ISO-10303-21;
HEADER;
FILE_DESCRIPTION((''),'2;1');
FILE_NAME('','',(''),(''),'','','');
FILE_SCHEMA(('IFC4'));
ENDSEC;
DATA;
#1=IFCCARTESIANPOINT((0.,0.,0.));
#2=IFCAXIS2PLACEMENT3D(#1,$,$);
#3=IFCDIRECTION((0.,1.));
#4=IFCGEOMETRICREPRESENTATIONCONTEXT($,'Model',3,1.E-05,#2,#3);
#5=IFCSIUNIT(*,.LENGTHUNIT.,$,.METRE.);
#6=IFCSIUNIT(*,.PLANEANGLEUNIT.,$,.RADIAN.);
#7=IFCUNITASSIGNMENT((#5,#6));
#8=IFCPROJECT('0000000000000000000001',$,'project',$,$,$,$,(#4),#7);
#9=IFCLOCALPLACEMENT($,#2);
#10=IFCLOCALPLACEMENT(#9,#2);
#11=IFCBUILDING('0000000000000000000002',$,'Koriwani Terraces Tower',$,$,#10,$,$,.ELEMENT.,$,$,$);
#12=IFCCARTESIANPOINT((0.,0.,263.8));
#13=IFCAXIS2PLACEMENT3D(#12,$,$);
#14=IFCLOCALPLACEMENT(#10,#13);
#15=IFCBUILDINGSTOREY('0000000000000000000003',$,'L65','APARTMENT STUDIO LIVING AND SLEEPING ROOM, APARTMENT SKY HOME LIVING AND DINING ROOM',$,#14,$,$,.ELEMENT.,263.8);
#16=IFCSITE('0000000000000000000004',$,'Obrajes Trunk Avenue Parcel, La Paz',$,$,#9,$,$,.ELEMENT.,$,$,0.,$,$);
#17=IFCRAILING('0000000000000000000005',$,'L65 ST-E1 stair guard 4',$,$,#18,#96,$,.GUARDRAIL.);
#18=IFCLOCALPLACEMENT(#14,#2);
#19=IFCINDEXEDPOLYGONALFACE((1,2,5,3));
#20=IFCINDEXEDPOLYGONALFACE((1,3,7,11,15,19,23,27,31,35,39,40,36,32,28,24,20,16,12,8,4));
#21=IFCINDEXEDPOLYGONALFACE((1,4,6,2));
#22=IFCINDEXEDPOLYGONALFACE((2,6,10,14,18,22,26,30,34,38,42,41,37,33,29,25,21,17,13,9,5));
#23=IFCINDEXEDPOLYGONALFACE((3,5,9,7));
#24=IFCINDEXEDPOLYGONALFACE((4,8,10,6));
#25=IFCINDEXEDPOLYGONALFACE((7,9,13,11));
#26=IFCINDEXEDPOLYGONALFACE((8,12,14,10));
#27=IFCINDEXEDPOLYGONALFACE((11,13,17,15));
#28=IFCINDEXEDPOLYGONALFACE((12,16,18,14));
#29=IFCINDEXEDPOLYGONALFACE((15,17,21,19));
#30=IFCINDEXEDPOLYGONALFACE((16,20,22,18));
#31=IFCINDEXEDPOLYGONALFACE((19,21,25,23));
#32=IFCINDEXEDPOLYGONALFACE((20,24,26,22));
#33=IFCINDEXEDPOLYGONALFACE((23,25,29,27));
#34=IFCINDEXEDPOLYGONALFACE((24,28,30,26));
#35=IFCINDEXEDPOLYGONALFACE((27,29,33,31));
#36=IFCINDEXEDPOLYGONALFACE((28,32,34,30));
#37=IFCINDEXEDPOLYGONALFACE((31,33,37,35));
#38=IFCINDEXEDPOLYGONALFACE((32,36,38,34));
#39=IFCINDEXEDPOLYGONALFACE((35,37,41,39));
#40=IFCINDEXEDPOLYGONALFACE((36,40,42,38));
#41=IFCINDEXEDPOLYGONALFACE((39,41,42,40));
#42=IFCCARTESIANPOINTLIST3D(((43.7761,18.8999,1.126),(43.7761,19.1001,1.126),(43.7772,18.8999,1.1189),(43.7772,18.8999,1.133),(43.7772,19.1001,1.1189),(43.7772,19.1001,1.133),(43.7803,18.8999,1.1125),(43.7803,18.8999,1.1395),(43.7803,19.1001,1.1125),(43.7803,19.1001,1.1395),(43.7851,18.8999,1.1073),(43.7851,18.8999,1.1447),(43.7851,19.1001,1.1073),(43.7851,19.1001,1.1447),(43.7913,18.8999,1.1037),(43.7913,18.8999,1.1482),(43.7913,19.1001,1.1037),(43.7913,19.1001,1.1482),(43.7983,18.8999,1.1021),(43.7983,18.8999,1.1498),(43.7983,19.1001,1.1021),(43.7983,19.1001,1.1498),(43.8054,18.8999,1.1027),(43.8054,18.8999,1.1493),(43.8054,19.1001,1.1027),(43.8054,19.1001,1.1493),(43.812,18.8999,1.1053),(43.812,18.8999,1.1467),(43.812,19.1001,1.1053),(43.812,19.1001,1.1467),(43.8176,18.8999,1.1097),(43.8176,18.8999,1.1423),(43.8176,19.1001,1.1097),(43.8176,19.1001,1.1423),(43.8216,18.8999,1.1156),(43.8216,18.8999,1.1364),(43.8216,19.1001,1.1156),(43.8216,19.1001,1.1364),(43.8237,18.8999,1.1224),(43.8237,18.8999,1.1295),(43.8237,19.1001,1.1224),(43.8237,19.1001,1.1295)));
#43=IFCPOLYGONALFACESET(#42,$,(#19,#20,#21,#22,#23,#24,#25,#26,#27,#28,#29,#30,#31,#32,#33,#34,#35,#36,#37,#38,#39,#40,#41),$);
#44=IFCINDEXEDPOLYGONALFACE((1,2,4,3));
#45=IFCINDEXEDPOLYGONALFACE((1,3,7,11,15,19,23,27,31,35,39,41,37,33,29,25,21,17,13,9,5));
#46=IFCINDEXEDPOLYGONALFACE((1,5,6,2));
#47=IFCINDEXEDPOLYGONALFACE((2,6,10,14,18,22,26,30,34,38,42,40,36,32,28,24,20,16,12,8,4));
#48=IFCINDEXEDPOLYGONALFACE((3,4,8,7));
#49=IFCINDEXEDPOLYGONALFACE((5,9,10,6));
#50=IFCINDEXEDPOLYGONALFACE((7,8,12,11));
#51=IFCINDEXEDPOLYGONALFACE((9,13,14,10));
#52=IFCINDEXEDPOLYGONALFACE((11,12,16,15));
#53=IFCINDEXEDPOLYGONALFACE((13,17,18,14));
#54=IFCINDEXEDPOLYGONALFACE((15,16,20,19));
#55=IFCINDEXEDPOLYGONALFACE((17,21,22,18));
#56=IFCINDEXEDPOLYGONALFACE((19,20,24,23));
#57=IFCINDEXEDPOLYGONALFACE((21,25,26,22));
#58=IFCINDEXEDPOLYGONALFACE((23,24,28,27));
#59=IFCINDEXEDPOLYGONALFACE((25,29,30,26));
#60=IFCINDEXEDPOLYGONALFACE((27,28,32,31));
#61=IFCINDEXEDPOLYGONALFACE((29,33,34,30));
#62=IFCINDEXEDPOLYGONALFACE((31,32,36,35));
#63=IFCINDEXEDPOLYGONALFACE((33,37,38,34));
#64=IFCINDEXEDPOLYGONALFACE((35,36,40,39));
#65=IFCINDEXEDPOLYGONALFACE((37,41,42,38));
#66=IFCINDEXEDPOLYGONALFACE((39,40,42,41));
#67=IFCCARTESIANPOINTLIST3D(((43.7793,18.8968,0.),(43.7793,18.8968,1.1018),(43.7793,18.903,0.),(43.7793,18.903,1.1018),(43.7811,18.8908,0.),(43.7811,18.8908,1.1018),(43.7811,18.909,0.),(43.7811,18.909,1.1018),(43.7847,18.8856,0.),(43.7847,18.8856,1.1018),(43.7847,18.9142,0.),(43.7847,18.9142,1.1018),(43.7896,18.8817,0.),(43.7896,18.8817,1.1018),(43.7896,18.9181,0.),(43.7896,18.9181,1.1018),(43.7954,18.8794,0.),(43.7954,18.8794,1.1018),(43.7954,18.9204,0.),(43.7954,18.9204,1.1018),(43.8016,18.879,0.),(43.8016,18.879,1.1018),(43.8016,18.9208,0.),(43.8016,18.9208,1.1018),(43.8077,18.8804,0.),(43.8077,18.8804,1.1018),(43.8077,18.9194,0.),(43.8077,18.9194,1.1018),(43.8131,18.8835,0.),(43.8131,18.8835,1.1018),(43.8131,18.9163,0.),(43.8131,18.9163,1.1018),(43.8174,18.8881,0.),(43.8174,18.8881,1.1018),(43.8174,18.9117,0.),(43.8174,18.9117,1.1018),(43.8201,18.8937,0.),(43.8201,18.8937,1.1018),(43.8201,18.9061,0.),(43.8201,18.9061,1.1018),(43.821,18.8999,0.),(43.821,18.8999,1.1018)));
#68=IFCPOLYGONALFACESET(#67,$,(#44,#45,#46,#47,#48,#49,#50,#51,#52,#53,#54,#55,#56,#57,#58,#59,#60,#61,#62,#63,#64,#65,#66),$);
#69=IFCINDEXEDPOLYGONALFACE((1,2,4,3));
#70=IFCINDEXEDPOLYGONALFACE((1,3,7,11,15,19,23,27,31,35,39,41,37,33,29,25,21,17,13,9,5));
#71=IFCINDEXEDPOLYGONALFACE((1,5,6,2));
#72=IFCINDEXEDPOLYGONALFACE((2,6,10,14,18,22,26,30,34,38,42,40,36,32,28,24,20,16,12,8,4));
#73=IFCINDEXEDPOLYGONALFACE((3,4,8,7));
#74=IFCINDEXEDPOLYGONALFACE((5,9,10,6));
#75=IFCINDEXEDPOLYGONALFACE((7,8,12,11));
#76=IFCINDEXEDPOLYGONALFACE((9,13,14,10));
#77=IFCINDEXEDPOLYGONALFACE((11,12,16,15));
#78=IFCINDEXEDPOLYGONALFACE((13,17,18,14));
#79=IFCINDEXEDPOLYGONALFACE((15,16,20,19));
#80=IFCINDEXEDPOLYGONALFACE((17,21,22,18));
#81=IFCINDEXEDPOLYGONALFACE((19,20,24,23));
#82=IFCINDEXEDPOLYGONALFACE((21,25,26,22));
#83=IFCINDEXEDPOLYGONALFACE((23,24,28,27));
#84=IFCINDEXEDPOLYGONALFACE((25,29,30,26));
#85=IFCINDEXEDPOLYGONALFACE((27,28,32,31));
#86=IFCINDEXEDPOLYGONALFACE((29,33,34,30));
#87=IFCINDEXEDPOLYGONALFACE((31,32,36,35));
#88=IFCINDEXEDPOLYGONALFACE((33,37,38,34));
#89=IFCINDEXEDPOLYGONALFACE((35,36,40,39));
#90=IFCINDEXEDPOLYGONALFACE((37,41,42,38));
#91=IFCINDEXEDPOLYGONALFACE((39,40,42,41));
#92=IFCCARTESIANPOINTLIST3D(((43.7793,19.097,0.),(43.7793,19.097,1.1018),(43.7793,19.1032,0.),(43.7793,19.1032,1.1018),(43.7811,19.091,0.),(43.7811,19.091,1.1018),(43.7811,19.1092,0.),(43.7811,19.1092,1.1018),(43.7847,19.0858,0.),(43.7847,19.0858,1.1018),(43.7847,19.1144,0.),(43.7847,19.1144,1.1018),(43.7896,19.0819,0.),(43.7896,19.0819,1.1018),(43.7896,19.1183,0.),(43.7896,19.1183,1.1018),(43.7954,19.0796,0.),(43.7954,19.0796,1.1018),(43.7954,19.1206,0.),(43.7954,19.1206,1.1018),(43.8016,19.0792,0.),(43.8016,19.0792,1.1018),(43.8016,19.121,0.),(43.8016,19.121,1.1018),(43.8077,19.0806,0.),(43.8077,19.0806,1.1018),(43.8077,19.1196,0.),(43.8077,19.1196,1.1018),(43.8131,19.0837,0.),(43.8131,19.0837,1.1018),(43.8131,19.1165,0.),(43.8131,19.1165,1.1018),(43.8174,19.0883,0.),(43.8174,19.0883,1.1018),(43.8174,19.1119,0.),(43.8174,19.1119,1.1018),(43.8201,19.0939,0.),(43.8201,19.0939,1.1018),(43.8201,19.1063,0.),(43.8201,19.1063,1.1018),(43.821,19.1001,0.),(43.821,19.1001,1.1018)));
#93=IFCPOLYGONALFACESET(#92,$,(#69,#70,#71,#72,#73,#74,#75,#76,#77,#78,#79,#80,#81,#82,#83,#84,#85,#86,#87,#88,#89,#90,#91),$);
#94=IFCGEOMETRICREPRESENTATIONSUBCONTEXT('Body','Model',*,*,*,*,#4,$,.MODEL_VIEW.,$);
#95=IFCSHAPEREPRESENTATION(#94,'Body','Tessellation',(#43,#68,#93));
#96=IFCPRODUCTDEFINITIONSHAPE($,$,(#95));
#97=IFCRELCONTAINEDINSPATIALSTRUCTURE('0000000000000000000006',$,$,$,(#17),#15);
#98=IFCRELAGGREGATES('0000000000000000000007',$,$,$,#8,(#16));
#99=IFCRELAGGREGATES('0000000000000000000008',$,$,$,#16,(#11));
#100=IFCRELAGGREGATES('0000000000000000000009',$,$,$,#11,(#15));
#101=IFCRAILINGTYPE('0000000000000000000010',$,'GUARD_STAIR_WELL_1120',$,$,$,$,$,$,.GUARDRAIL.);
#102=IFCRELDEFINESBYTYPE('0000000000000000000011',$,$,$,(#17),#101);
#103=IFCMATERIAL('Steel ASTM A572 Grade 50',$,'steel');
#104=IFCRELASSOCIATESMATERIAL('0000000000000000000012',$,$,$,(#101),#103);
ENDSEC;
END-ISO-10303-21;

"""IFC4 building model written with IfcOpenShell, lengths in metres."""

from ifc_helpers import new_model, si_unit, direction, frame, origin, origin_2d, place, context, subcontext, project, spatial, circle, extrude, material, type_object, element, save


model = new_model("IFC4")

# Units and contexts
model_context = context("Model", 3, precision=1e-05, world=origin(), true_north=direction((0.0, 1.0)))
body_context = subcontext(model_context, "Body", "Model", "MODEL_VIEW")
ifc_project = project(units=[si_unit("LENGTHUNIT", "METRE"), si_unit("PLANEANGLEUNIT", "RADIAN")], contexts=[model_context])

# Site, building, storey
site_placement = place(None, origin())
site = spatial("IfcSite", under=ifc_project, at=site_placement, Name="Obrajes Trunk Avenue Parcel, La Paz", CompositionType="ELEMENT", RefElevation=0.0)
building_placement = place(site_placement, origin())
building = spatial("IfcBuilding", under=site, at=building_placement, Name="Koriwani Terraces Tower", CompositionType="ELEMENT")
storey_placement = place(building_placement, frame((0.0, 0.0, 263.8)))
storey = spatial("IfcBuildingStorey", under=building, at=storey_placement, Name="L65", Description="APARTMENT STUDIO LIVING AND SLEEPING ROOM, APARTMENT SKY HOME LIVING AND DINING ROOM", CompositionType="ELEMENT", Elevation=263.8)

# Shared definitions
ifc_material_1 = material(Name="Steel ASTM A572 Grade 50", Category="steel")

# Railing
railing_type_1 = type_object("IfcRailingType", Name="GUARD_STAIR_WELL_1120", PredefinedType="GUARDRAIL", material=ifc_material_1)
railing_1_placement = place(storey_placement, frame((43.8, 18.8999, 0.0)))
element("IfcRailing", 1, at=railing_1_placement, inside=storey, type_object=railing_type_1, Name="L65 ST-E1 stair guard 4", PredefinedType="GUARDRAIL", context=body_context, shape_type="SweptSolid", body=[
    extrude(circle(Radius=0.0239, at=origin_2d()), frame((0.0, 0.0, 1.126), z_axis=(0.0, 1.0, 0.0), x_axis=(-1.0, 0.0, 0.0)), (0.0, 0.0, 1.0), 0.2002),
    extrude(circle(Radius=0.021, at=origin_2d()), origin(), (0.0, 0.0, 1.0), 1.1018),
    extrude(circle(Radius=0.021, at=origin_2d()), frame((0.0, 0.2002, 0.0)), (0.0, 0.0, 1.0), 1.1018),
])

save(model, "model.ifc")
